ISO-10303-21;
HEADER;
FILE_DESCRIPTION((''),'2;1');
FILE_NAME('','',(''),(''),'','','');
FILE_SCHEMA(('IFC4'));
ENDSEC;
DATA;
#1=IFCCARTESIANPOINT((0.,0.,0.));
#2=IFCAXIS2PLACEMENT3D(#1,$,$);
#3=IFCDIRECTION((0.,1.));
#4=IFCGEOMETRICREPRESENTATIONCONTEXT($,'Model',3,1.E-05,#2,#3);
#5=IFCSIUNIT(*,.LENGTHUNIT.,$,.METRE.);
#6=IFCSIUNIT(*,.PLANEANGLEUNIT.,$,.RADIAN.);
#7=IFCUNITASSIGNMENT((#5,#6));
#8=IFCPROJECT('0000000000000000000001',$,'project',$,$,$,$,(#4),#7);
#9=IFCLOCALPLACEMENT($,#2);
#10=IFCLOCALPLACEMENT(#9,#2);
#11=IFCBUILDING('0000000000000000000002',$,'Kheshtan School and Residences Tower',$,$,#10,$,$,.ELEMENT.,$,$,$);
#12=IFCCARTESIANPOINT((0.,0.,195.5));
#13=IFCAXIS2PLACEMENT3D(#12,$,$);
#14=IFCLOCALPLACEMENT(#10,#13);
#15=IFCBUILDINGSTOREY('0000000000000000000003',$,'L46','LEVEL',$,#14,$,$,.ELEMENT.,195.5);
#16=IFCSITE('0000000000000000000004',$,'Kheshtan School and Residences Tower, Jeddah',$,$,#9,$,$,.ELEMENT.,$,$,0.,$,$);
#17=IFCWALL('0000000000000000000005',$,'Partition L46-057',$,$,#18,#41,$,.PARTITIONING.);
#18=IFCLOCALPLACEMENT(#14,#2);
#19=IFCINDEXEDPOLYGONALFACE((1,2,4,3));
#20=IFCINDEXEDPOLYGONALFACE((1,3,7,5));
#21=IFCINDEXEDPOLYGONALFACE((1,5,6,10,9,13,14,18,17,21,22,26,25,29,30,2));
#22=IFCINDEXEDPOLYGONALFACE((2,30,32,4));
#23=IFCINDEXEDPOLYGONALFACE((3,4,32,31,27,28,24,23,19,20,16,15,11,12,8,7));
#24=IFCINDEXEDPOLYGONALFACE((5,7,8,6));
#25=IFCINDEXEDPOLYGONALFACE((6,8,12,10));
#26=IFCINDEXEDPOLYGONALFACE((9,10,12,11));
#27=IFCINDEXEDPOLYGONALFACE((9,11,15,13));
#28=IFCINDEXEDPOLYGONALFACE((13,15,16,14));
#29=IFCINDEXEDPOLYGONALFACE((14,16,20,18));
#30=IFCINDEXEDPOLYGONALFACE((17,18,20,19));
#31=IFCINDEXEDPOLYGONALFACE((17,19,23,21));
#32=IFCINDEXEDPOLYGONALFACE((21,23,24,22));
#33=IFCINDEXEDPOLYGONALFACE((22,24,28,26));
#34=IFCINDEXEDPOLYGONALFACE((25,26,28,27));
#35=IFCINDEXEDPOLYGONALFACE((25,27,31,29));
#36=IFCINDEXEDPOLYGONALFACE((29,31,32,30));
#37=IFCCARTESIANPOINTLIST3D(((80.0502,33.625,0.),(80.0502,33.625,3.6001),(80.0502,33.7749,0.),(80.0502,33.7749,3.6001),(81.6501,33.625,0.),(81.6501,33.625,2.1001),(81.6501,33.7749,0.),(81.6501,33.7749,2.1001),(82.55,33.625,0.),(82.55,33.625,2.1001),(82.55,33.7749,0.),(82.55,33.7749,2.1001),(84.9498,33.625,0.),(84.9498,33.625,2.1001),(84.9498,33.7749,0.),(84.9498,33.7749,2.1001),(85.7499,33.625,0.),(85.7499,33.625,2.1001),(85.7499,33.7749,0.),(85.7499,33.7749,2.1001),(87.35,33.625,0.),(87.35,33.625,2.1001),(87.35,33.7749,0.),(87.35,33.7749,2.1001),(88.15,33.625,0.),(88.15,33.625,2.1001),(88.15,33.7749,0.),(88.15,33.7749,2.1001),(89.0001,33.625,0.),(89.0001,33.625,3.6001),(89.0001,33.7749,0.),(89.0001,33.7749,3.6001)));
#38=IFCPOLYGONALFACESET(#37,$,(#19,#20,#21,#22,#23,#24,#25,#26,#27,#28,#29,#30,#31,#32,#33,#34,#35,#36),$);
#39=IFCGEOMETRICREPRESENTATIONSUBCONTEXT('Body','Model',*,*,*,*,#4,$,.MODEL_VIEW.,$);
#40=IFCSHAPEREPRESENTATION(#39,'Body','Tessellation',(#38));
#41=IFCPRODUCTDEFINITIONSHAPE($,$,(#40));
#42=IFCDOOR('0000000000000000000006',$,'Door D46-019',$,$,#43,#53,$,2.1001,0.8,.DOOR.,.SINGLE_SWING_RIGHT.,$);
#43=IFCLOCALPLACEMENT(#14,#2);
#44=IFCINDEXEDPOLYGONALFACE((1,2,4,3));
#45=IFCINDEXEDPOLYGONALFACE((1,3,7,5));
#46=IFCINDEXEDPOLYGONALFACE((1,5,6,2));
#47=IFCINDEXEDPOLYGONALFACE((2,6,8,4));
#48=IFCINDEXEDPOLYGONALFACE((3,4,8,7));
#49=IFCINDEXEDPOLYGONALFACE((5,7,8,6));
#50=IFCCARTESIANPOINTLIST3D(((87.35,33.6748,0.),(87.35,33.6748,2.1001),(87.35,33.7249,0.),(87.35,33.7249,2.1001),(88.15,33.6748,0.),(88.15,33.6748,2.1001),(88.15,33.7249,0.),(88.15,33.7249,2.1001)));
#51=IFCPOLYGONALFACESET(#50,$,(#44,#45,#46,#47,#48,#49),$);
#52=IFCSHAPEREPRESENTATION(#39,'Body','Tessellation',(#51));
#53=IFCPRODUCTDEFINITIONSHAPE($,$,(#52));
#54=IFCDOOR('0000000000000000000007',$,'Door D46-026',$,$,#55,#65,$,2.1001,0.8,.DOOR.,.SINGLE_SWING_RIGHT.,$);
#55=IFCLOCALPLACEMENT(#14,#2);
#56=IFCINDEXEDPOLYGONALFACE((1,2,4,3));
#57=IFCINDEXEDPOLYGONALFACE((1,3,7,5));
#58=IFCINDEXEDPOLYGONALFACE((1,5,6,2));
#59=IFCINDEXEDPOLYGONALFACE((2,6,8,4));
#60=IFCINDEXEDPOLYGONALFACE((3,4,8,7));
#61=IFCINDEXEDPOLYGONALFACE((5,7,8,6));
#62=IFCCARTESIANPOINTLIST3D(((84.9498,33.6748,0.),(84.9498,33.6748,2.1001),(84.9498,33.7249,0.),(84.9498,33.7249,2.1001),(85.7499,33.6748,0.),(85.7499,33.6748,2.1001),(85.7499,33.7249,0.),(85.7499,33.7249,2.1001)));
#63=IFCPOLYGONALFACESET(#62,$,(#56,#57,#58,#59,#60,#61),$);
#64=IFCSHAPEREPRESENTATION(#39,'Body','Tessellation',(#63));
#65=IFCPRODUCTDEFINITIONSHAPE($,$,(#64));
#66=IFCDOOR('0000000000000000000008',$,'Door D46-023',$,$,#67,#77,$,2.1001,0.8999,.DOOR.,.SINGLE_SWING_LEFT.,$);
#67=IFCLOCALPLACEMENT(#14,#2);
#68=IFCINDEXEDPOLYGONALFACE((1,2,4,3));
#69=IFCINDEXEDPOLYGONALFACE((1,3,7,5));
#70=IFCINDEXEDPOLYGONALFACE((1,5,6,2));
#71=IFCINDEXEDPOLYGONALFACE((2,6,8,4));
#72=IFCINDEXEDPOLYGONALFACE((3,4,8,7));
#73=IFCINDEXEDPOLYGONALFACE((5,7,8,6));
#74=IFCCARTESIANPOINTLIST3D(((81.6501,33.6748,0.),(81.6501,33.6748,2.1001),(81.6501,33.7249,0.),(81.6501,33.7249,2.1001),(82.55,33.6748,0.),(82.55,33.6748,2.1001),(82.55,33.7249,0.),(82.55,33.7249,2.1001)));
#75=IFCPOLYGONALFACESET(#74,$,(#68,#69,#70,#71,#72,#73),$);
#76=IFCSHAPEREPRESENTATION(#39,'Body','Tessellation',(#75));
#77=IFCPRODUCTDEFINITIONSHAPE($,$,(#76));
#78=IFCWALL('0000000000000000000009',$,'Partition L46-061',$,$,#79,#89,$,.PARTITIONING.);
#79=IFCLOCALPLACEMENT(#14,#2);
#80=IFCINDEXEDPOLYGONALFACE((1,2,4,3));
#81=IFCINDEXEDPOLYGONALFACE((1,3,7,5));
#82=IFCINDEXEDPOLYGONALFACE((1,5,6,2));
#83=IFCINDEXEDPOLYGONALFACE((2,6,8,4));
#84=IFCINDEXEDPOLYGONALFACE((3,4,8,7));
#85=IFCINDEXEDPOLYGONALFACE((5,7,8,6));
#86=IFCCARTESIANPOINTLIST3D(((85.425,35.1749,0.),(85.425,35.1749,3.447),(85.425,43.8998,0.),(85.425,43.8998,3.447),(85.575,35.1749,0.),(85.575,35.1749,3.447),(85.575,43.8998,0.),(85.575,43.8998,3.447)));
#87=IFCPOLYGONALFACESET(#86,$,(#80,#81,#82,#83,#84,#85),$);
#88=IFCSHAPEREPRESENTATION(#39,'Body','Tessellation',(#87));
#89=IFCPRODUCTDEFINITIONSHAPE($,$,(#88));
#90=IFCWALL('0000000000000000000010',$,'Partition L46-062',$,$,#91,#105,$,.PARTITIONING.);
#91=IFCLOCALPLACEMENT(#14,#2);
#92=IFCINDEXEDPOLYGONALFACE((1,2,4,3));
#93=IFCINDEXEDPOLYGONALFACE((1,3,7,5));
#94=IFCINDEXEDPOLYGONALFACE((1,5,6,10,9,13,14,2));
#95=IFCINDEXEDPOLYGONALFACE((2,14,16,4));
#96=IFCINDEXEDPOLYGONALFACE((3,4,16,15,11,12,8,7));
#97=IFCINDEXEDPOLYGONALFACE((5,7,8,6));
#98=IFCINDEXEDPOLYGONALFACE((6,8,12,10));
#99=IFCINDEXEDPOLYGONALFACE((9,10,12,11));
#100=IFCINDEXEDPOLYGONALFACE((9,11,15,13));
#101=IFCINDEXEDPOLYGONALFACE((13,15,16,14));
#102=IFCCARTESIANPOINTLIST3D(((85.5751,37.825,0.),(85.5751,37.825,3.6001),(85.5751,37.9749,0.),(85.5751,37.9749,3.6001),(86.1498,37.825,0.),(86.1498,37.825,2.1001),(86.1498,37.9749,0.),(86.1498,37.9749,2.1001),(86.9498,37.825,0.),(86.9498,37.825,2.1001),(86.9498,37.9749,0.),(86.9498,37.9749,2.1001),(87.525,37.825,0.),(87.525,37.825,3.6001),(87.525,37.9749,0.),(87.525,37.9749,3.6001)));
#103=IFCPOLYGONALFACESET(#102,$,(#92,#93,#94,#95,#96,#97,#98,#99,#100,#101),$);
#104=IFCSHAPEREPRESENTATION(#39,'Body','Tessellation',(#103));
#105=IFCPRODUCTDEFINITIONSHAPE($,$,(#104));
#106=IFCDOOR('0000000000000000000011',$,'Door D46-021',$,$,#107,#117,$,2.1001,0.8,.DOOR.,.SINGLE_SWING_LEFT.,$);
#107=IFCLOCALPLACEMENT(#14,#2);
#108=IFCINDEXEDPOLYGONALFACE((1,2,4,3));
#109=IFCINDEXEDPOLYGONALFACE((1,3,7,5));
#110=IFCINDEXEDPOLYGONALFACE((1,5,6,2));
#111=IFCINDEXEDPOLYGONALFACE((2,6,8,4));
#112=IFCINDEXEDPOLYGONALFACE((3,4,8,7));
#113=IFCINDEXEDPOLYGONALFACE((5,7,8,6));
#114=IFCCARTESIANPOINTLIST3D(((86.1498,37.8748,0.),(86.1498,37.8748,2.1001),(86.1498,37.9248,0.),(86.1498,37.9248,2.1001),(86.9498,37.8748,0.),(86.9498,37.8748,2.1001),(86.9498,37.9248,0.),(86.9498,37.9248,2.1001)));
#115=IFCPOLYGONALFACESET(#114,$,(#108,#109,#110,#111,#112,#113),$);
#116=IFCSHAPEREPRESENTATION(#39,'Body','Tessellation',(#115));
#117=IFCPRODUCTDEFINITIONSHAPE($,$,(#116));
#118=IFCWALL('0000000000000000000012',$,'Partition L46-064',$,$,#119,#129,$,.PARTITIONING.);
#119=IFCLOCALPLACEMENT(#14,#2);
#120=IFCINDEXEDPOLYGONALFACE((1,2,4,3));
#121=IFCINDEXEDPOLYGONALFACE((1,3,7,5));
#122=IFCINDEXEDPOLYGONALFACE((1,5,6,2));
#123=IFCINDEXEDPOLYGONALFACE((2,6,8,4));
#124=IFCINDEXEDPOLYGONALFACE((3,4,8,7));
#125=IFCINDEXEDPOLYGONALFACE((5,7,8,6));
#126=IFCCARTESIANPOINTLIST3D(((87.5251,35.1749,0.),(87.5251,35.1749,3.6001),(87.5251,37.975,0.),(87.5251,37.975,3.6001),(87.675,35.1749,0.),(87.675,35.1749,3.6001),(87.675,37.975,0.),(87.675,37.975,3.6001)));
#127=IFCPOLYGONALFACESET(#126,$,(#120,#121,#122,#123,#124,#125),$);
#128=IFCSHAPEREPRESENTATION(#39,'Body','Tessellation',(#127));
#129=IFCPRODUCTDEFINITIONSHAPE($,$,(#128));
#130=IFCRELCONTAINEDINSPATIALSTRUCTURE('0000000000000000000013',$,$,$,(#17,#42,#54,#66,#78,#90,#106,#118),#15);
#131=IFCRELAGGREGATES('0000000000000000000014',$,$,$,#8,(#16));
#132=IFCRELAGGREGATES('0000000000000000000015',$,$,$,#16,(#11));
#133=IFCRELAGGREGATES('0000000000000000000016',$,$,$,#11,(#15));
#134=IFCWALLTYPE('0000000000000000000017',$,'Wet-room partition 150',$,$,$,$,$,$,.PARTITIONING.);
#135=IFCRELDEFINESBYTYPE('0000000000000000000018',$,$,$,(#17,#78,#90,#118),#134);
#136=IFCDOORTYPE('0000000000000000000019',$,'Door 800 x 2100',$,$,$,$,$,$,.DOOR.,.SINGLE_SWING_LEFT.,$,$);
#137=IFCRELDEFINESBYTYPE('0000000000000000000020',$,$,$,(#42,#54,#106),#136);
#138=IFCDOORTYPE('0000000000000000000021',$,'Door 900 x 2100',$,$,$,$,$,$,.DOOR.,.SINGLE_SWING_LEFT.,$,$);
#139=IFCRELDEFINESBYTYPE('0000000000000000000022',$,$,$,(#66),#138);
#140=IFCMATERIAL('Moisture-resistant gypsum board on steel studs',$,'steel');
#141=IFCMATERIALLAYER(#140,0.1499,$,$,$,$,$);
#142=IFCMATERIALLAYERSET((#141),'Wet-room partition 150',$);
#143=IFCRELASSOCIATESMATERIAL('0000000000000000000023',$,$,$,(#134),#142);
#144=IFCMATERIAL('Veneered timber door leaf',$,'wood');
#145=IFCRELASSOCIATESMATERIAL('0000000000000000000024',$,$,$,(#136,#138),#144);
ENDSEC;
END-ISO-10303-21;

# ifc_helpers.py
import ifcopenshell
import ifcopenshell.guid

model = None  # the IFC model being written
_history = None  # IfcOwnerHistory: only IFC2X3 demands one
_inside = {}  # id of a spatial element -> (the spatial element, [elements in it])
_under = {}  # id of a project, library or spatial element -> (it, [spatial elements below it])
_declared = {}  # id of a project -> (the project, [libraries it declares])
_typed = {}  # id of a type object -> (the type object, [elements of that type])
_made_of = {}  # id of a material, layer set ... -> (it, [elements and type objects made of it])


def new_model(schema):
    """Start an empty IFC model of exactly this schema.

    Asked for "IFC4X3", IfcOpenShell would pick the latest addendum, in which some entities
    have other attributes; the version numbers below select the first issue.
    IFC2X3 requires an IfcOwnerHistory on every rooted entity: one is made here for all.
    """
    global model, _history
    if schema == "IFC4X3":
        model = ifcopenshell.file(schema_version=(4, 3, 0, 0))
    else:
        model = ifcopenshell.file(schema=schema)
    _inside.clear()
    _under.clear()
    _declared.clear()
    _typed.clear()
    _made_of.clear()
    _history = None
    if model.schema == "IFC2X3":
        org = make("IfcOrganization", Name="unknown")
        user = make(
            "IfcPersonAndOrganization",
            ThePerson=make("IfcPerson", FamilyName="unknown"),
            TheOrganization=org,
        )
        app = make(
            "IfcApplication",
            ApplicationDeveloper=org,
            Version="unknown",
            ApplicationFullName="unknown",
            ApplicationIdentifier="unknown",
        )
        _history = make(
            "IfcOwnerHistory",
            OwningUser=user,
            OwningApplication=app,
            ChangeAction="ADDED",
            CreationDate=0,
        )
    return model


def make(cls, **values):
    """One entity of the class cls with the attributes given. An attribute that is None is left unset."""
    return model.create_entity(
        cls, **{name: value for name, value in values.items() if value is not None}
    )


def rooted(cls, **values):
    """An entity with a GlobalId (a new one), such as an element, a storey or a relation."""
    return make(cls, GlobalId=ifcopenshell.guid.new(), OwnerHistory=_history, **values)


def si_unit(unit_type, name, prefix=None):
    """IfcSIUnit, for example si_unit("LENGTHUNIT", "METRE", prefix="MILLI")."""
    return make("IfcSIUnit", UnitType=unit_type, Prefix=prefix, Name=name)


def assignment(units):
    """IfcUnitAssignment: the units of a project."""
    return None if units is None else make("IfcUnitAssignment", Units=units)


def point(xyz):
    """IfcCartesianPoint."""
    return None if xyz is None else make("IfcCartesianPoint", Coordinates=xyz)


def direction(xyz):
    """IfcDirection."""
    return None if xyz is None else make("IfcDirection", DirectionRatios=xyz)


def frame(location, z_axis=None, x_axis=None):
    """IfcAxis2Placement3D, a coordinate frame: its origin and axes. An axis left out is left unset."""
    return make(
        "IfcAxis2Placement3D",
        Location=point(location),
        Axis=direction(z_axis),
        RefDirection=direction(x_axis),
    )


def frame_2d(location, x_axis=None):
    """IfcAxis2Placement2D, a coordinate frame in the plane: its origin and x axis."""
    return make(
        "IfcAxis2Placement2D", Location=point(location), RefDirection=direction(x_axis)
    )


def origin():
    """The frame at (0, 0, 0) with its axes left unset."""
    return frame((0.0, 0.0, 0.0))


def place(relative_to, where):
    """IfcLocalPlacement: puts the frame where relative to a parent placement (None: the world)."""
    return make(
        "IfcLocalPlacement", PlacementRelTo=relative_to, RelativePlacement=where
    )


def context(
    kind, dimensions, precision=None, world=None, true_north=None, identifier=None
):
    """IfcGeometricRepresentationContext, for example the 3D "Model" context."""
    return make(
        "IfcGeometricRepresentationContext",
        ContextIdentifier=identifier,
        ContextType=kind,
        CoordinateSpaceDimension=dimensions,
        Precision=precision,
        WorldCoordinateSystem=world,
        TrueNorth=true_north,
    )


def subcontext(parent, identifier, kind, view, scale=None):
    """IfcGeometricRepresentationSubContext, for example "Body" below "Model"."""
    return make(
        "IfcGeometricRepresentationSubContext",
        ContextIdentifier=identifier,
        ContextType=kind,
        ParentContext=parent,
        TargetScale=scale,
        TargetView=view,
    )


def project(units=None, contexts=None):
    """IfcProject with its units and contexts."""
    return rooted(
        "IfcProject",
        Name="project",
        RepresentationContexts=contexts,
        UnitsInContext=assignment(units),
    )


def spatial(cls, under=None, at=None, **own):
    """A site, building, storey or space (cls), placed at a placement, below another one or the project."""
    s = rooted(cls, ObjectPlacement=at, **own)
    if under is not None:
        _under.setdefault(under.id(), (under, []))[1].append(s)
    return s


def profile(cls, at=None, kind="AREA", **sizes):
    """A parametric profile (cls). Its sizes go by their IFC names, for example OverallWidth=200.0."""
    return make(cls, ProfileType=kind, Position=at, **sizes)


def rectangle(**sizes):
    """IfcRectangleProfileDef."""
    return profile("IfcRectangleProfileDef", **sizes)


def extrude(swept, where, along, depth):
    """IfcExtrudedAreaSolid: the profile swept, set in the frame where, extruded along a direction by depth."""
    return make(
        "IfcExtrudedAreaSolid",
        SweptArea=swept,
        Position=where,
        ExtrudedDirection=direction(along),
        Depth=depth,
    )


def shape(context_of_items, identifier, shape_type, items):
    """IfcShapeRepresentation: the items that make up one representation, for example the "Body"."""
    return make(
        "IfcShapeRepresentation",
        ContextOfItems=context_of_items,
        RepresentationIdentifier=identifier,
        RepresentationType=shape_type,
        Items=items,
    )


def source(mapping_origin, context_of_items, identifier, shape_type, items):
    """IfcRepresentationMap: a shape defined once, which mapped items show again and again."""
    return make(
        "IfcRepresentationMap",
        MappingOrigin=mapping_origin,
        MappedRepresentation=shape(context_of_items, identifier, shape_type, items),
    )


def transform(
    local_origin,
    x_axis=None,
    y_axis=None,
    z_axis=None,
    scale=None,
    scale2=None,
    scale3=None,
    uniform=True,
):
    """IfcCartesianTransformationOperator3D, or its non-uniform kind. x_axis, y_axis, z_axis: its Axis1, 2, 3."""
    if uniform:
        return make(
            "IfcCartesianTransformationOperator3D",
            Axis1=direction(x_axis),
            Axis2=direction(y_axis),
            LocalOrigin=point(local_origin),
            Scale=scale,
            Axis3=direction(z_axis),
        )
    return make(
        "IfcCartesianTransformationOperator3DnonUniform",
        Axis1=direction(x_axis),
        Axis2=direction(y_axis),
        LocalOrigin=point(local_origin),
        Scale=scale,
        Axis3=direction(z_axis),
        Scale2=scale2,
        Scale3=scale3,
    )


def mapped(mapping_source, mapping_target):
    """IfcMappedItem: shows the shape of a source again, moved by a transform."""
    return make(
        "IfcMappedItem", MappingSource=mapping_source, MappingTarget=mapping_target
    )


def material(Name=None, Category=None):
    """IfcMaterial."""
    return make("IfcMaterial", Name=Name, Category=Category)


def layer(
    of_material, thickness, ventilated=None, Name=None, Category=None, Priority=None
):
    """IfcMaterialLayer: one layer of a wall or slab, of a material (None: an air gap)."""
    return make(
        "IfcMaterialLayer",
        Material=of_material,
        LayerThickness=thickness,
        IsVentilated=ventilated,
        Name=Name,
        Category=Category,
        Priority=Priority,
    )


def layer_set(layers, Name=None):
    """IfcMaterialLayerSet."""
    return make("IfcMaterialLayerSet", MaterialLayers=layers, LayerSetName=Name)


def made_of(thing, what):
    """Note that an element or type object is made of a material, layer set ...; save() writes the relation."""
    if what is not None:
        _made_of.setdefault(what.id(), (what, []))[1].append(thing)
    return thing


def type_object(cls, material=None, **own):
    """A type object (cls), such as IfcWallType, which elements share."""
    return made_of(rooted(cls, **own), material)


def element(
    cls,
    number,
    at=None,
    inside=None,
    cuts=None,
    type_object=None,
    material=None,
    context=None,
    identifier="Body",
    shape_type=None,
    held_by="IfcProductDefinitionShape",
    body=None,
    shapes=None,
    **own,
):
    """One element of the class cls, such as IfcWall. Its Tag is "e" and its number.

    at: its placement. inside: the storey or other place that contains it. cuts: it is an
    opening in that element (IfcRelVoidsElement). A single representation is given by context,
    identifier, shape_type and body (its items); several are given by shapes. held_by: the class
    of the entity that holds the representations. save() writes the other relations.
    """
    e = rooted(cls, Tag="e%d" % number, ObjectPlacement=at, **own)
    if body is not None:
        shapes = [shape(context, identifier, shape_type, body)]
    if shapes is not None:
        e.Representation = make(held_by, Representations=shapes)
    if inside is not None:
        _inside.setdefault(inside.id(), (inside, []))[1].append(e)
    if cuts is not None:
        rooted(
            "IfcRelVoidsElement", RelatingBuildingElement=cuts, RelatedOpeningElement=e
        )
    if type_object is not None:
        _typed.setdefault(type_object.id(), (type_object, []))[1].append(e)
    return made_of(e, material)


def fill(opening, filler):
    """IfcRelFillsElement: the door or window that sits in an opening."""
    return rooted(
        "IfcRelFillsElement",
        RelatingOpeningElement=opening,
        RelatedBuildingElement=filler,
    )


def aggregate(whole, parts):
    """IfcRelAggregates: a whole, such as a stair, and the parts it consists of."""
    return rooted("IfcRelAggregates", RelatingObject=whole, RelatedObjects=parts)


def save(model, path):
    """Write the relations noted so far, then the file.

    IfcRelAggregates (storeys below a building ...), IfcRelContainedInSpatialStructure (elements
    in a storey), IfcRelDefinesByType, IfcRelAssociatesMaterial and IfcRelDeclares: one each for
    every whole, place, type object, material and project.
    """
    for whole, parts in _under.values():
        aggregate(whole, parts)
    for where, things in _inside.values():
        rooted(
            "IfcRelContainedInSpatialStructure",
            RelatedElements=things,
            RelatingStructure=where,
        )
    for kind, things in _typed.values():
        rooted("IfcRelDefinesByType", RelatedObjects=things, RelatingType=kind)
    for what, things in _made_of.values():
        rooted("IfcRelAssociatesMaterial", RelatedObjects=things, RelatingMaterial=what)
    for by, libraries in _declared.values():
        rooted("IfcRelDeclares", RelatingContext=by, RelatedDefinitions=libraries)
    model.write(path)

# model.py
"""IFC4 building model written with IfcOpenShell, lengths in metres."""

from ifc_helpers import new_model, si_unit, direction, frame, frame_2d, origin, place, context, subcontext, project, spatial, rectangle, extrude, source, transform, mapped, material, layer, layer_set, type_object, element, fill, save


model = new_model("IFC4")

# Units and contexts
model_context = context("Model", 3, precision=1e-05, world=origin(), true_north=direction((0.0, 1.0)))
body_context = subcontext(model_context, "Body", "Model", "MODEL_VIEW")
ifc_project = project(units=[si_unit("LENGTHUNIT", "METRE"), si_unit("PLANEANGLEUNIT", "RADIAN")], contexts=[model_context])

# Site, building, storey
site_placement = place(None, origin())
site = spatial("IfcSite", under=ifc_project, at=site_placement, Name="Kheshtan School and Residences Tower, Jeddah", CompositionType="ELEMENT", RefElevation=0.0)
building_placement = place(site_placement, origin())
building = spatial("IfcBuilding", under=site, at=building_placement, Name="Kheshtan School and Residences Tower", CompositionType="ELEMENT")
storey_placement = place(building_placement, frame((0.0, 0.0, 195.5)))
storey = spatial("IfcBuildingStorey", under=building, at=storey_placement, Name="L46", Description="LEVEL", CompositionType="ELEMENT", Elevation=195.5)

# Shared definitions
ifc_material_1 = material(Name="Moisture-resistant gypsum board on steel studs", Category="steel")
ifc_layer_1 = layer(ifc_material_1, 0.1499)
ifc_layer_set_1 = layer_set([ifc_layer_1], Name="Wet-room partition 150")
wall_type_1 = type_object("IfcWallType", Name="Wet-room partition 150", PredefinedType="PARTITIONING", material=ifc_layer_set_1)
ifc_material_2 = material(Name="Veneered timber door leaf", Category="wood")
door_type_1 = type_object("IfcDoorType", Name="Door 800 x 2100", OperationType="SINGLE_SWING_LEFT", PredefinedType="DOOR", material=ifc_material_2)
shared_shape_1 = source(origin(), body_context, "Body", "SweptSolid", [
    extrude(rectangle(XDim=0.8, YDim=2.1001, at=frame_2d((0.3999, 1.05))), frame((0.0, 0.0249, 0.0), z_axis=(0.0, -1.0, 0.0), x_axis=(1.0, 0.0, 0.0)), (0.0, 0.0, 1.0), 0.05),
])

# Wall, openings, doors
door_type_2 = type_object("IfcDoorType", Name="Door 900 x 2100", OperationType="SINGLE_SWING_LEFT", PredefinedType="DOOR", material=ifc_material_2)
shared_shape_2 = source(origin(), body_context, "Body", "SweptSolid", [
    extrude(rectangle(XDim=0.8999, YDim=2.1001, at=frame_2d((0.45, 1.05))), frame((0.0, 0.0249, 0.0), z_axis=(0.0, -1.0, 0.0), x_axis=(1.0, 0.0, 0.0)), (0.0, 0.0, 1.0), 0.05),
])
wall_1_placement = place(storey_placement, frame((80.05, 33.7, 0.0), z_axis=(0.0, 0.0, 1.0), x_axis=(1.0, 0.0, 0.0)))
wall_1 = element("IfcWall", 1, at=wall_1_placement, inside=storey, type_object=wall_type_1, Name="Partition L46-057", PredefinedType="PARTITIONING", context=body_context, shape_type="SweptSolid", body=[
    extrude(rectangle(XDim=8.95, YDim=0.1499, at=frame_2d((4.4751, 0.0))), origin(), (0.0, 0.0, 1.0), 3.6001),
])
opening_1_placement = place(wall_1_placement, frame((7.3, 0.0, 0.0)))
opening_1 = element("IfcOpeningElement", 2, at=opening_1_placement, cuts=wall_1, PredefinedType="OPENING", context=body_context, shape_type="SweptSolid", body=[
    extrude(rectangle(XDim=0.8, YDim=2.1001, at=frame_2d((0.3999, 1.05))), frame((0.0, 0.085, 0.0), z_axis=(0.0, -1.0, 0.0), x_axis=(1.0, 0.0, 0.0)), (0.0, 0.0, 1.0), 0.1699),
])
opening_2_placement = place(wall_1_placement, frame((1.6001, 0.0, 0.0)))
opening_2 = element("IfcOpeningElement", 3, at=opening_2_placement, cuts=wall_1, PredefinedType="OPENING", context=body_context, shape_type="SweptSolid", body=[
    extrude(rectangle(XDim=0.8999, YDim=2.1001, at=frame_2d((0.45, 1.05))), frame((0.0, 0.085, 0.0), z_axis=(0.0, -1.0, 0.0), x_axis=(1.0, 0.0, 0.0)), (0.0, 0.0, 1.0), 0.1699),
])
opening_3_placement = place(wall_1_placement, frame((4.8999, 0.0, 0.0)))
opening_3 = element("IfcOpeningElement", 4, at=opening_3_placement, cuts=wall_1, PredefinedType="OPENING", context=body_context, shape_type="SweptSolid", body=[
    extrude(rectangle(XDim=0.8, YDim=2.1001, at=frame_2d((0.3999, 1.05))), frame((0.0, 0.085, 0.0), z_axis=(0.0, -1.0, 0.0), x_axis=(1.0, 0.0, 0.0)), (0.0, 0.0, 1.0), 0.1699),
])
door_1_placement = place(opening_1_placement, origin())
door_1 = element("IfcDoor", 5, at=door_1_placement, inside=storey, type_object=door_type_1, Name="Door D46-019", OperationType="SINGLE_SWING_RIGHT", OverallHeight=2.1001, OverallWidth=0.8, PredefinedType="DOOR", context=body_context, shape_type="MappedRepresentation", body=[
    mapped(shared_shape_1, transform((0.0, 0.0, 0.0), x_axis=(1.0, 0.0, 0.0), y_axis=(0.0, 1.0, 0.0), z_axis=(0.0, 0.0, 1.0), scale=1.0)),
])
fill(opening_1, door_1)
door_2_placement = place(opening_3_placement, origin())
door_2 = element("IfcDoor", 6, at=door_2_placement, inside=storey, type_object=door_type_1, Name="Door D46-026", OperationType="SINGLE_SWING_RIGHT", OverallHeight=2.1001, OverallWidth=0.8, PredefinedType="DOOR", context=body_context, shape_type="MappedRepresentation", body=[
    mapped(shared_shape_1, transform((0.0, 0.0, 0.0), x_axis=(1.0, 0.0, 0.0), y_axis=(0.0, 1.0, 0.0), z_axis=(0.0, 0.0, 1.0), scale=1.0)),
])
fill(opening_3, door_2)
door_3_placement = place(opening_2_placement, origin())
door_3 = element("IfcDoor", 7, at=door_3_placement, inside=storey, type_object=door_type_2, Name="Door D46-023", OperationType="SINGLE_SWING_LEFT", OverallHeight=2.1001, OverallWidth=0.8999, PredefinedType="DOOR", context=body_context, shape_type="MappedRepresentation", body=[
    mapped(shared_shape_2, transform((0.0, 0.0, 0.0), x_axis=(1.0, 0.0, 0.0), y_axis=(0.0, 1.0, 0.0), z_axis=(0.0, 0.0, 1.0), scale=1.0)),
])
fill(opening_2, door_3)

# Wall
wall_2_placement = place(storey_placement, frame((85.5, 35.175, 0.0), z_axis=(0.0, 0.0, 1.0), x_axis=(0.0, 1.0, 0.0)))
element("IfcWall", 8, at=wall_2_placement, inside=storey, type_object=wall_type_1, Name="Partition L46-061", PredefinedType="PARTITIONING", context=body_context, shape_type="SweptSolid", body=[
    extrude(rectangle(XDim=8.7249, YDim=0.1499, at=frame_2d((4.3623, 0.0))), origin(), (0.0, 0.0, 1.0), 3.447),
])

# Wall, opening, door
wall_3_placement = place(storey_placement, frame((85.575, 37.8999, 0.0), z_axis=(0.0, 0.0, 1.0), x_axis=(1.0, 0.0, 0.0)))
wall_3 = element("IfcWall", 9, at=wall_3_placement, inside=storey, type_object=wall_type_1, Name="Partition L46-062", PredefinedType="PARTITIONING", context=body_context, shape_type="SweptSolid", body=[
    extrude(rectangle(XDim=1.95, YDim=0.1499, at=frame_2d((0.9751, 0.0))), origin(), (0.0, 0.0, 1.0), 3.6001),
])
opening_4_placement = place(wall_3_placement, frame((0.575, 0.0, 0.0)))
opening_4 = element("IfcOpeningElement", 10, at=opening_4_placement, cuts=wall_3, PredefinedType="OPENING", context=body_context, shape_type="SweptSolid", body=[
    extrude(rectangle(XDim=0.8, YDim=2.1001, at=frame_2d((0.3999, 1.05))), frame((0.0, 0.085, 0.0), z_axis=(0.0, -1.0, 0.0), x_axis=(1.0, 0.0, 0.0)), (0.0, 0.0, 1.0), 0.1699),
])
door_4_placement = place(opening_4_placement, origin())
door_4 = element("IfcDoor", 11, at=door_4_placement, inside=storey, type_object=door_type_1, Name="Door D46-021", OperationType="SINGLE_SWING_LEFT", OverallHeight=2.1001, OverallWidth=0.8, PredefinedType="DOOR", context=body_context, shape_type="MappedRepresentation", body=[
    mapped(shared_shape_1, transform((0.0, 0.0, 0.0), x_axis=(1.0, 0.0, 0.0), y_axis=(0.0, 1.0, 0.0), z_axis=(0.0, 0.0, 1.0), scale=1.0)),
])
fill(opening_4, door_4)

# Wall
wall_4_placement = place(storey_placement, frame((87.6001, 35.175, 0.0), z_axis=(0.0, 0.0, 1.0), x_axis=(0.0, 1.0, 0.0)))
element("IfcWall", 12, at=wall_4_placement, inside=storey, type_object=wall_type_1, Name="Partition L46-064", PredefinedType="PARTITIONING", context=body_context, shape_type="SweptSolid", body=[
    extrude(rectangle(XDim=2.8, YDim=0.1499, at=frame_2d((1.3999, 0.0))), origin(), (0.0, 0.0, 1.0), 3.6001),
])

save(model, "model.ifc")
